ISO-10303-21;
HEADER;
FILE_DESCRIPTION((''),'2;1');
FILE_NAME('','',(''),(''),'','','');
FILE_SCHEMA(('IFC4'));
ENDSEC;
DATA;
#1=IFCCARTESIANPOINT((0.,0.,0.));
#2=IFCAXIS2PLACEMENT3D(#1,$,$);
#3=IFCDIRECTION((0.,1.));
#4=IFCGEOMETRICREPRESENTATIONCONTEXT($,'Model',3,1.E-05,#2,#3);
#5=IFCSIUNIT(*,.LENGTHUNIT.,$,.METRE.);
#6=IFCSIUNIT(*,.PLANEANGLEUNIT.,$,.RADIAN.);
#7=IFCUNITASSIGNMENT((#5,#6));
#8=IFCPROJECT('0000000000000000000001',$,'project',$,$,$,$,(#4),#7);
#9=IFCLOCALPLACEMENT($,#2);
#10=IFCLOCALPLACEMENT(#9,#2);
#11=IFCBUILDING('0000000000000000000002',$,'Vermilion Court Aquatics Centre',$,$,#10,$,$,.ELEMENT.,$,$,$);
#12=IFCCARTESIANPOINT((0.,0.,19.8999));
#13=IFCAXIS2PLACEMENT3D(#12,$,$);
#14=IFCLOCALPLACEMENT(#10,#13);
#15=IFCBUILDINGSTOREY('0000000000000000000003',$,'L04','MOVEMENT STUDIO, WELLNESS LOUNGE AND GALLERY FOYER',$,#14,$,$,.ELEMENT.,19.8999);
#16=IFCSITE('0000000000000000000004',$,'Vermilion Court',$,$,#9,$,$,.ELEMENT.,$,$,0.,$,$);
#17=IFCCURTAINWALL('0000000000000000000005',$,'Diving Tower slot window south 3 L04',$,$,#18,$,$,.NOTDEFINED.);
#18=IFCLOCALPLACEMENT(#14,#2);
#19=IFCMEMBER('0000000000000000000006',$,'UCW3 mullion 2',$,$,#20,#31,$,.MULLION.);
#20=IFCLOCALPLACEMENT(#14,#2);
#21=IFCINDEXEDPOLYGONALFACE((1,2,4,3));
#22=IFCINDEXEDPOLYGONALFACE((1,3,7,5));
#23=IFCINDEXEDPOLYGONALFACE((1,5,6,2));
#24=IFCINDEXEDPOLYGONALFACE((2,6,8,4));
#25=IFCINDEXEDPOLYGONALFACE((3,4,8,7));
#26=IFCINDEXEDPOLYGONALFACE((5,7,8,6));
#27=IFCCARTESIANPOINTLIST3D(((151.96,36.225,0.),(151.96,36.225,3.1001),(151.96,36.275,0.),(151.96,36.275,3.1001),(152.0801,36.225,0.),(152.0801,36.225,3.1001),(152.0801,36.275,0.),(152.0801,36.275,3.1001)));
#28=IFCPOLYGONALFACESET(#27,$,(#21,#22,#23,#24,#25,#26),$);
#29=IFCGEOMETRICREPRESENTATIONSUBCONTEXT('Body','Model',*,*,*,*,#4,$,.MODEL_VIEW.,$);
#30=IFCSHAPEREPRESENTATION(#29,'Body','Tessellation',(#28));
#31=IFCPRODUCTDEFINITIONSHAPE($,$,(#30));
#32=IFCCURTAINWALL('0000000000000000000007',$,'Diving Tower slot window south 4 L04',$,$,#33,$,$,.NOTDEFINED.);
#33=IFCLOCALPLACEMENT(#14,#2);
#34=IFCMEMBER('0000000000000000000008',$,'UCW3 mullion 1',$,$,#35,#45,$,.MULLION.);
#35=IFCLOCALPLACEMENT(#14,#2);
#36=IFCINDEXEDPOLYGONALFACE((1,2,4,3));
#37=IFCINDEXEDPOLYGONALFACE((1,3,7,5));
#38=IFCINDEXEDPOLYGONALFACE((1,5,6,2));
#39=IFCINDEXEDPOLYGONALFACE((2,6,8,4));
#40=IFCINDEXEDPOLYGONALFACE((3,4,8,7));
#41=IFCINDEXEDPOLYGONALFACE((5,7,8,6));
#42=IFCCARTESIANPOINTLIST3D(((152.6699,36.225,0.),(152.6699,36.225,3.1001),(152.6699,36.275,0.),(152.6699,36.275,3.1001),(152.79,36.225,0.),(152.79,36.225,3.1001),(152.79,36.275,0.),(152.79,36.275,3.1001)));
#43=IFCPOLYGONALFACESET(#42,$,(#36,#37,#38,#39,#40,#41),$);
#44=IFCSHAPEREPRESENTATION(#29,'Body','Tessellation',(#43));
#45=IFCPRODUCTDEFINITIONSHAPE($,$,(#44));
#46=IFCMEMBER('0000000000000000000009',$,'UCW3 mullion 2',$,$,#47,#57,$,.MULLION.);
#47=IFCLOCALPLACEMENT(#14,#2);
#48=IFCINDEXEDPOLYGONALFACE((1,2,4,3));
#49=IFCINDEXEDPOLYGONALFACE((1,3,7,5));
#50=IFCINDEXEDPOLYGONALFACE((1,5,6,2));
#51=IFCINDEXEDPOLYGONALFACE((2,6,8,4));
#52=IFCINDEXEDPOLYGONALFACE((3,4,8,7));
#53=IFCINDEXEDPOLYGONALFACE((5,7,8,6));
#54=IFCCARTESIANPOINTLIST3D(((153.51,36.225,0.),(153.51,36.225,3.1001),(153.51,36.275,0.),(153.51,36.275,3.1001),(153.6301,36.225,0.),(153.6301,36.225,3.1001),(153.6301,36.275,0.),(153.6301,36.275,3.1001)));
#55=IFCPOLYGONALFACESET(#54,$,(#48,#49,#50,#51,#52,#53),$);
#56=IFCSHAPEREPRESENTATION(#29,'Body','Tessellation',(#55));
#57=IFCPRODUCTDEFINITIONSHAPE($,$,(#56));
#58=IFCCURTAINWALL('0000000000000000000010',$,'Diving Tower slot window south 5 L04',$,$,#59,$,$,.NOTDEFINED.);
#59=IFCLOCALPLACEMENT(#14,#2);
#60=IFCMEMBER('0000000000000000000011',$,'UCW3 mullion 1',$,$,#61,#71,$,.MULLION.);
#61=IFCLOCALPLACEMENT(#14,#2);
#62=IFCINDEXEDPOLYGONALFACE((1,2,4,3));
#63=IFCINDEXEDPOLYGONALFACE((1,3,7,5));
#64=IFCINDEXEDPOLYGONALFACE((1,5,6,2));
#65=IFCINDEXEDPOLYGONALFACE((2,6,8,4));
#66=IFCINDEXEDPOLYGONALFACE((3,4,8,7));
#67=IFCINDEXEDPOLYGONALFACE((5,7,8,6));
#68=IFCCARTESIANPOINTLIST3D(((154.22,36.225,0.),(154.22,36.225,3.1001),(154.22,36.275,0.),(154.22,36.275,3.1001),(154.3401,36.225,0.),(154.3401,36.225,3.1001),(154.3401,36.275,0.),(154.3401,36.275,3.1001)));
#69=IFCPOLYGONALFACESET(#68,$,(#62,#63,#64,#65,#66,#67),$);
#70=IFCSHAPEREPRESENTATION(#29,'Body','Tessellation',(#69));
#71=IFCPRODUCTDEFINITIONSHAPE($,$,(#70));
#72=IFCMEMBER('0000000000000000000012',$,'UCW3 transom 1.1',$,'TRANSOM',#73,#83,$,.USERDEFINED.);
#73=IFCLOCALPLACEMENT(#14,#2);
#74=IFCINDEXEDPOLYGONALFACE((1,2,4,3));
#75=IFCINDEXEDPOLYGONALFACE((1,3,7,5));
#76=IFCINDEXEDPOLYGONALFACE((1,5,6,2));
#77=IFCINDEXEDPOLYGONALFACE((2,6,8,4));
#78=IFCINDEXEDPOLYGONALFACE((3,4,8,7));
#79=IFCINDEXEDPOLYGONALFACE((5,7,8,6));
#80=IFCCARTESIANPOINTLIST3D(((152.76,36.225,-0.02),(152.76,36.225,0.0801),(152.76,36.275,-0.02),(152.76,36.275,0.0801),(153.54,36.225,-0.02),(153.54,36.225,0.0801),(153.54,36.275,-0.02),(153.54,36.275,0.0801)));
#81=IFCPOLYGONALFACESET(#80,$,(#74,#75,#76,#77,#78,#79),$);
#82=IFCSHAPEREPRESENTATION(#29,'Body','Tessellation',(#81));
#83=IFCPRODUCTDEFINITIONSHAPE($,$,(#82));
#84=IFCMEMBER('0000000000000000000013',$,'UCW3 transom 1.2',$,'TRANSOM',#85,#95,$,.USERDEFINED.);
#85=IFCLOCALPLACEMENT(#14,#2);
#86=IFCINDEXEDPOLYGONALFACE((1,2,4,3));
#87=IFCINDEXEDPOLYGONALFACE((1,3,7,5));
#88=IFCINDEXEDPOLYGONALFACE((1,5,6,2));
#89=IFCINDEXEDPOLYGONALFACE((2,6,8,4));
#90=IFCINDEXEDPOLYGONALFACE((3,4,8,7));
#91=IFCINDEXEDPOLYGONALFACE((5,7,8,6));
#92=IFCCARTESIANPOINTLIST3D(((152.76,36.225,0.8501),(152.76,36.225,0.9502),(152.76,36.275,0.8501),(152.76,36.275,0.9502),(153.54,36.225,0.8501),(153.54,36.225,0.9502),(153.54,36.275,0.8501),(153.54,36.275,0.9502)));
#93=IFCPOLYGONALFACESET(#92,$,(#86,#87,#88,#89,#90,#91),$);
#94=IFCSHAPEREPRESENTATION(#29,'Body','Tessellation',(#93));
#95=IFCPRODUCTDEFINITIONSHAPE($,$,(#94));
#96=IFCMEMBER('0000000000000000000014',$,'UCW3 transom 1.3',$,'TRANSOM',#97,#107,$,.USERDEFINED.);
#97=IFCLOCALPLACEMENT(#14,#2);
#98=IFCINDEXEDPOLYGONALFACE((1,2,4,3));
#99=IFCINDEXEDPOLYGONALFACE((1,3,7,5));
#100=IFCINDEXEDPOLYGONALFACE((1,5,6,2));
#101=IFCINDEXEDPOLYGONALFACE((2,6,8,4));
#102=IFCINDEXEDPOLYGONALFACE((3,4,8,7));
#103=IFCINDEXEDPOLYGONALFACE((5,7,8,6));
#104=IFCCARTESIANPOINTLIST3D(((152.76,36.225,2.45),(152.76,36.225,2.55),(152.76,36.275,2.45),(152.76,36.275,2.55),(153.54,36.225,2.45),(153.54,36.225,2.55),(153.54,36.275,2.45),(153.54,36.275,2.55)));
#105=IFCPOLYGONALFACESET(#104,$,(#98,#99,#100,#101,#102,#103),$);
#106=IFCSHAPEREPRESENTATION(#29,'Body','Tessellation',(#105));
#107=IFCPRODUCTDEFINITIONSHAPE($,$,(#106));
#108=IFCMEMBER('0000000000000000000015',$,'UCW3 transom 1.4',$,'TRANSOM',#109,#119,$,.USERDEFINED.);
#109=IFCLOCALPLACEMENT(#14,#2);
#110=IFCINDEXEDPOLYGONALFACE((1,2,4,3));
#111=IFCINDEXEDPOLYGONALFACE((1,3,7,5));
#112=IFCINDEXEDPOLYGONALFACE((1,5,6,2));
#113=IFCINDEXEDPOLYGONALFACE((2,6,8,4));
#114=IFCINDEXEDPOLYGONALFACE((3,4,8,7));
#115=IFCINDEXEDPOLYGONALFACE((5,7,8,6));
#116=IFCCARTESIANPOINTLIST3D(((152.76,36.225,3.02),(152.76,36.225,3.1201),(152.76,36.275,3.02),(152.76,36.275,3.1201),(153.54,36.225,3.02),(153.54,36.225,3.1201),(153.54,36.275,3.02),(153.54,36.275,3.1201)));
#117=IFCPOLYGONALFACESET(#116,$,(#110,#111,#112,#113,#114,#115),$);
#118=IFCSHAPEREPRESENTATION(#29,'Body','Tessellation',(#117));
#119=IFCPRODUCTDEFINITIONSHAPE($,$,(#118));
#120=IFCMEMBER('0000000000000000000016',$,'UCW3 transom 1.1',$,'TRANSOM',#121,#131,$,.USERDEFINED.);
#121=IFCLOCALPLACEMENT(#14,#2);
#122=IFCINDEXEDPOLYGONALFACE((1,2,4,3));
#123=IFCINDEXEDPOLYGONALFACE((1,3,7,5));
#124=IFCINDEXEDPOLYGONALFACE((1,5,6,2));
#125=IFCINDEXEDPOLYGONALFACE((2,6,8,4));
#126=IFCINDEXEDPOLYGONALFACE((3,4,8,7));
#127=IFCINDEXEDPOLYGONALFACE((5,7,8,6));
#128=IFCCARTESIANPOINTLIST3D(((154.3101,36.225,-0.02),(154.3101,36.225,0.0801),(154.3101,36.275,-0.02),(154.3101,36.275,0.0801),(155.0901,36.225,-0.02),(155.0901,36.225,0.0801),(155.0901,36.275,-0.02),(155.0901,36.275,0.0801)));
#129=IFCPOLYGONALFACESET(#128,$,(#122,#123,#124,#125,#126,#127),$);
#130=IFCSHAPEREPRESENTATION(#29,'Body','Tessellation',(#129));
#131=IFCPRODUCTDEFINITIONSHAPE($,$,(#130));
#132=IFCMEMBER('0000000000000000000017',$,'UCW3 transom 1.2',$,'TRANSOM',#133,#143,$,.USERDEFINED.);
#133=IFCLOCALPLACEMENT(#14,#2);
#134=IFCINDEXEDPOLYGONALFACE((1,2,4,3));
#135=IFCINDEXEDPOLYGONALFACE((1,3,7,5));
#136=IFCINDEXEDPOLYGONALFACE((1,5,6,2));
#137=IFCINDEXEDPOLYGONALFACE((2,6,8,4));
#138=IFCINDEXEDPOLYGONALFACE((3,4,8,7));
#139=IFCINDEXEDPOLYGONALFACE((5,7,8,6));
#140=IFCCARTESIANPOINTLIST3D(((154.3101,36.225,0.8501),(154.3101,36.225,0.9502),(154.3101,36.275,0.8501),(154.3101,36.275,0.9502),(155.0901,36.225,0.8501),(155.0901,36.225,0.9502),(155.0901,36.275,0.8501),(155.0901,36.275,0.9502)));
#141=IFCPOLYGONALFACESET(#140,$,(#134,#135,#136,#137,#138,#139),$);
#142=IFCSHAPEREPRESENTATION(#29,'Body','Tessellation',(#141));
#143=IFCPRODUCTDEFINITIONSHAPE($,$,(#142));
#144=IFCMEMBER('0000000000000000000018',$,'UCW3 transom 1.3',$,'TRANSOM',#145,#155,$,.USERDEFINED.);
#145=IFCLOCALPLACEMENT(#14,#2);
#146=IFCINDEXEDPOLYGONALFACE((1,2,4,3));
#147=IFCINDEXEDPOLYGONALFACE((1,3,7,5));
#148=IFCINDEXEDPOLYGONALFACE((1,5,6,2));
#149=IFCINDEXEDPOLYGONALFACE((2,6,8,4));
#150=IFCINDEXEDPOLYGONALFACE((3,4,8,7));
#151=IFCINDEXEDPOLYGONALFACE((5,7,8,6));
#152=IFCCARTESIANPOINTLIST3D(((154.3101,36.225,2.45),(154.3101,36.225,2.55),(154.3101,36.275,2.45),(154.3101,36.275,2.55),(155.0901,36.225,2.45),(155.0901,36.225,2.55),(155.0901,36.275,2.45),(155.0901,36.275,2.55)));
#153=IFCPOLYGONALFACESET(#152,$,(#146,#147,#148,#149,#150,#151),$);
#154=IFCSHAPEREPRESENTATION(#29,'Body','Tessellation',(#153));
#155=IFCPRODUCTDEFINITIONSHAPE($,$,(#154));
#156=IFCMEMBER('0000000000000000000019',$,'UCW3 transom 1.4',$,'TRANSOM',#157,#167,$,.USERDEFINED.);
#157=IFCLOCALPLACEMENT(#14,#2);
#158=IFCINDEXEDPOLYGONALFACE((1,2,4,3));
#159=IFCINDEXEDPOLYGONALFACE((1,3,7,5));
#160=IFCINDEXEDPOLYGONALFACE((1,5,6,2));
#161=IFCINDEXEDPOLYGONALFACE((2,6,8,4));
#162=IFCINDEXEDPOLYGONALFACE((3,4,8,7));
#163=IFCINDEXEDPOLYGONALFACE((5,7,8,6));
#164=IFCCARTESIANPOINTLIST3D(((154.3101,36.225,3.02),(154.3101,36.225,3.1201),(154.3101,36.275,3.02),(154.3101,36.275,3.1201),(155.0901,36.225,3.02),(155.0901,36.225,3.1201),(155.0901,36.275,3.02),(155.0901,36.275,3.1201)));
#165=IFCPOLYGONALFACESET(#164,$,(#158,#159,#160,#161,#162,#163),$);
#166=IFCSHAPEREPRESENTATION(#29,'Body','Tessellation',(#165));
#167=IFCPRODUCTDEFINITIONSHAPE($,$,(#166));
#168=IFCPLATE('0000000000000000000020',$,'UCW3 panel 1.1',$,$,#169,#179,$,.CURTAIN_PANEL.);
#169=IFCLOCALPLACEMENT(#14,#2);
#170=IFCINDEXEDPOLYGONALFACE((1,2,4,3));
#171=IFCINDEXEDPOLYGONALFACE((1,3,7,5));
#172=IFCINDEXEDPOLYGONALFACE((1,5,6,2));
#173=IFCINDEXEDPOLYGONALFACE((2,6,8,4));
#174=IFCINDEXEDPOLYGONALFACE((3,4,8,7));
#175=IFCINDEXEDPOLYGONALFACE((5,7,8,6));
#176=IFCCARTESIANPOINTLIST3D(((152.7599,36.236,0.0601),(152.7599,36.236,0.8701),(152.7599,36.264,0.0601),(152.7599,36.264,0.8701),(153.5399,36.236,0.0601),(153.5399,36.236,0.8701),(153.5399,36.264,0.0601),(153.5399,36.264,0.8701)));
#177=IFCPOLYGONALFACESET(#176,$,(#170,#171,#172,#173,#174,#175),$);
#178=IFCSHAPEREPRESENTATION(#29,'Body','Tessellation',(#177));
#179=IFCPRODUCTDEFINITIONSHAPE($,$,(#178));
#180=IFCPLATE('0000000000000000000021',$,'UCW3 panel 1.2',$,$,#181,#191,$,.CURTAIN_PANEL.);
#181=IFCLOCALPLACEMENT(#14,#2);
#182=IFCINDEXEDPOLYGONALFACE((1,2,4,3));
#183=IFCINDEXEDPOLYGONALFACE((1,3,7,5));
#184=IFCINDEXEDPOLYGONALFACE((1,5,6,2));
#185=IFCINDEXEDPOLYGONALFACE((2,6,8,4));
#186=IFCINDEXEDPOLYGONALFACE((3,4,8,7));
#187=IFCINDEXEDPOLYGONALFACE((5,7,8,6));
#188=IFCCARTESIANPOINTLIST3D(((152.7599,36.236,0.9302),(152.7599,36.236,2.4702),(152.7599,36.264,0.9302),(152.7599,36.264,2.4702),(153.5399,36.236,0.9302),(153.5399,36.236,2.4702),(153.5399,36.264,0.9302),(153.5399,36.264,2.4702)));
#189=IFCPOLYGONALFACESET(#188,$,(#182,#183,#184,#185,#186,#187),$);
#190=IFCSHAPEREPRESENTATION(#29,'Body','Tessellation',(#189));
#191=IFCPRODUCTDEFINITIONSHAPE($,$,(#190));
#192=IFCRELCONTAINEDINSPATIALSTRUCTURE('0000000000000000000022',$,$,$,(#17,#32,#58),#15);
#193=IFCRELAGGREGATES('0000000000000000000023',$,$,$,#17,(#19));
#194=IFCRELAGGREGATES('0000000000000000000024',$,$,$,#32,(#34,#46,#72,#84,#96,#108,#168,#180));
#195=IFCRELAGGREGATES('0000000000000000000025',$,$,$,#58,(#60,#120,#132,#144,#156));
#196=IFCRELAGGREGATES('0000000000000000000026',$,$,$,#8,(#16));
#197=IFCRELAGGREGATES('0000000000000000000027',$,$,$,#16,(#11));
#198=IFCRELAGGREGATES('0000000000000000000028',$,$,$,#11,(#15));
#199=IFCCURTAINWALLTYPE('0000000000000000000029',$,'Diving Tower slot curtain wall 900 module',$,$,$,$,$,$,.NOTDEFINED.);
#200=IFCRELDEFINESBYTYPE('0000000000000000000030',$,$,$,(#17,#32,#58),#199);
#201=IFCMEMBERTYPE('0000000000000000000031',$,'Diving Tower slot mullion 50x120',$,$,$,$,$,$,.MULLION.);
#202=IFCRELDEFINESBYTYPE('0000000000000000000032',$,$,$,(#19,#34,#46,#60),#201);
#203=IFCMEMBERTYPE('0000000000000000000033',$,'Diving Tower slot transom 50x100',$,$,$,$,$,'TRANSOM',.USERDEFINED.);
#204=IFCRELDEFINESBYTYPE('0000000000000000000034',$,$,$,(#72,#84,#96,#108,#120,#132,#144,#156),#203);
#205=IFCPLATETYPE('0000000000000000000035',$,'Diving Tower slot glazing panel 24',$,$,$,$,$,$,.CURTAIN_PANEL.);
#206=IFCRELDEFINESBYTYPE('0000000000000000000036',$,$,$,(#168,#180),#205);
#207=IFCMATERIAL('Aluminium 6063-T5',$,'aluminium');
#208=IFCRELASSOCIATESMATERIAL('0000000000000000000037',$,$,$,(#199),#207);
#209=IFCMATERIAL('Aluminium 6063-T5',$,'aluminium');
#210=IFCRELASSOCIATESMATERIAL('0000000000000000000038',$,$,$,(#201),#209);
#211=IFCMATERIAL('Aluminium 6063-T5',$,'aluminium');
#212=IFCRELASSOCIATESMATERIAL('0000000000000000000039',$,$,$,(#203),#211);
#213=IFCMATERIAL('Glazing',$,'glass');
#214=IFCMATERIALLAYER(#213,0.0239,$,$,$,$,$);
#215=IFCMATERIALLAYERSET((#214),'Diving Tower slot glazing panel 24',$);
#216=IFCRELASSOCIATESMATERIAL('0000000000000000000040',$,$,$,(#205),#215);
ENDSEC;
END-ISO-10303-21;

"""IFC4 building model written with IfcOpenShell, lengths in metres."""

from ifc_helpers import new_model, si_unit, direction, frame, origin, origin_2d, place, context, subcontext, project, spatial, rectangle, extrude, material, layer, layer_set, material_profile, profile_set, type_object, element, aggregate, save


model = new_model("IFC4")

# Units and contexts
model_context = context("Model", 3, precision=1e-05, world=origin(), true_north=direction((0.0, 1.0)))
body_context = subcontext(model_context, "Body", "Model", "MODEL_VIEW")
ifc_project = project(units=[si_unit("LENGTHUNIT", "METRE"), si_unit("PLANEANGLEUNIT", "RADIAN")], contexts=[model_context])

# Site, building, storey
site_placement = place(None, origin())
site = spatial("IfcSite", under=ifc_project, at=site_placement, Name="Vermilion Court", CompositionType="ELEMENT", RefElevation=0.0)
building_placement = place(site_placement, origin())
building = spatial("IfcBuilding", under=site, at=building_placement, Name="Vermilion Court Aquatics Centre", CompositionType="ELEMENT")
storey_placement = place(building_placement, frame((0.0, 0.0, 19.8999)))
storey = spatial("IfcBuildingStorey", under=building, at=storey_placement, Name="L04", Description="MOVEMENT STUDIO, WELLNESS LOUNGE AND GALLERY FOYER", CompositionType="ELEMENT", Elevation=19.8999)

# Curtain wall, member
ifc_material_1 = material(Name="Aluminium 6063-T5", Category="aluminium")
curtain_wall_type = type_object("IfcCurtainWallType", Name="Diving Tower slot curtain wall 900 module", PredefinedType="NOTDEFINED", material=ifc_material_1)
curtain_wall_1_placement = place(storey_placement, origin())
curtain_wall_1 = element("IfcCurtainWall", 1, at=curtain_wall_1_placement, inside=storey, type_object=curtain_wall_type, Name="Diving Tower slot window south 3 L04", PredefinedType="NOTDEFINED")
ifc_material_2 = material(Name="Aluminium 6063-T5", Category="aluminium")
ifc_material_profile_1 = material_profile(ifc_material_2, rectangle(XDim=0.05, YDim=0.1201, at=origin_2d()), Name="AL 50x120")
ifc_profile_set_1 = profile_set([ifc_material_profile_1], Name="Aluminium 6063-T5")
member_type_1 = type_object("IfcMemberType", Name="Diving Tower slot mullion 50x120", PredefinedType="MULLION", material=ifc_profile_set_1)
member_1_placement = place(storey_placement, frame((152.02, 36.25, 0.0), z_axis=(0.0, 0.0, 1.0), x_axis=(0.0, 1.0, 0.0)))
member_1 = element("IfcMember", 2, at=member_1_placement, type_object=member_type_1, Name="UCW3 mullion 2", PredefinedType="MULLION", context=body_context, shape_type="SweptSolid", body=[
    extrude(rectangle(XDim=0.05, YDim=0.1201, at=origin_2d()), origin(), (0.0, 0.0, 1.0), 3.1001),
])
aggregate(curtain_wall_1, [member_1])

# Curtain wall, members
curtain_wall_2_placement = place(storey_placement, origin())
curtain_wall_2 = element("IfcCurtainWall", 3, at=curtain_wall_2_placement, inside=storey, type_object=curtain_wall_type, Name="Diving Tower slot window south 4 L04", PredefinedType="NOTDEFINED")
member_2_placement = place(storey_placement, frame((152.73, 36.25, 0.0), z_axis=(0.0, 0.0, 1.0), x_axis=(0.0, 1.0, 0.0)))
member_2 = element("IfcMember", 4, at=member_2_placement, type_object=member_type_1, Name="UCW3 mullion 1", PredefinedType="MULLION", context=body_context, shape_type="SweptSolid", body=[
    extrude(rectangle(XDim=0.05, YDim=0.1201, at=origin_2d()), origin(), (0.0, 0.0, 1.0), 3.1001),
])
member_3_placement = place(storey_placement, frame((153.5701, 36.25, 0.0), z_axis=(0.0, 0.0, 1.0), x_axis=(0.0, 1.0, 0.0)))
member_3 = element("IfcMember", 5, at=member_3_placement, type_object=member_type_1, Name="UCW3 mullion 2", PredefinedType="MULLION", context=body_context, shape_type="SweptSolid", body=[
    extrude(rectangle(XDim=0.05, YDim=0.1201, at=origin_2d()), origin(), (0.0, 0.0, 1.0), 3.1001),
])

# Curtain wall, member
curtain_wall_3_placement = place(storey_placement, origin())
curtain_wall_3 = element("IfcCurtainWall", 6, at=curtain_wall_3_placement, inside=storey, type_object=curtain_wall_type, Name="Diving Tower slot window south 5 L04", PredefinedType="NOTDEFINED")
member_4_placement = place(storey_placement, frame((154.28, 36.25, 0.0), z_axis=(0.0, 0.0, 1.0), x_axis=(0.0, 1.0, 0.0)))
member_4 = element("IfcMember", 7, at=member_4_placement, type_object=member_type_1, Name="UCW3 mullion 1", PredefinedType="MULLION", context=body_context, shape_type="SweptSolid", body=[
    extrude(rectangle(XDim=0.05, YDim=0.1201, at=origin_2d()), origin(), (0.0, 0.0, 1.0), 3.1001),
])

# Members
ifc_material_3 = material(Name="Aluminium 6063-T5", Category="aluminium")
ifc_material_profile_2 = material_profile(ifc_material_3, rectangle(XDim=0.05, YDim=0.1001, at=origin_2d()), Name="AL 50x100")
ifc_profile_set_2 = profile_set([ifc_material_profile_2], Name="Aluminium 6063-T5")
member_type_2 = type_object("IfcMemberType", Name="Diving Tower slot transom 50x100", ElementType="TRANSOM", PredefinedType="USERDEFINED", material=ifc_profile_set_2)
member_5_placement = place(storey_placement, frame((152.76, 36.25, 0.03), z_axis=(1.0, 0.0, 0.0), x_axis=(0.0, 1.0, 0.0)))
member_5 = element("IfcMember", 8, at=member_5_placement, type_object=member_type_2, Name="UCW3 transom 1.1", ObjectType="TRANSOM", PredefinedType="USERDEFINED", context=body_context, shape_type="SweptSolid", body=[
    extrude(rectangle(XDim=0.05, YDim=0.1001, at=origin_2d()), origin(), (0.0, 0.0, 1.0), 0.78),
])
member_6_placement = place(storey_placement, frame((152.76, 36.25, 0.9001), z_axis=(1.0, 0.0, 0.0), x_axis=(0.0, 1.0, 0.0)))
member_6 = element("IfcMember", 9, at=member_6_placement, type_object=member_type_2, Name="UCW3 transom 1.2", ObjectType="TRANSOM", PredefinedType="USERDEFINED", context=body_context, shape_type="SweptSolid", body=[
    extrude(rectangle(XDim=0.05, YDim=0.1001, at=origin_2d()), origin(), (0.0, 0.0, 1.0), 0.78),
])
member_7_placement = place(storey_placement, frame((152.76, 36.25, 2.5), z_axis=(1.0, 0.0, 0.0), x_axis=(0.0, 1.0, 0.0)))
member_7 = element("IfcMember", 10, at=member_7_placement, type_object=member_type_2, Name="UCW3 transom 1.3", ObjectType="TRANSOM", PredefinedType="USERDEFINED", context=body_context, shape_type="SweptSolid", body=[
    extrude(rectangle(XDim=0.05, YDim=0.1001, at=origin_2d()), origin(), (0.0, 0.0, 1.0), 0.78),
])
member_8_placement = place(storey_placement, frame((152.76, 36.25, 3.0701), z_axis=(1.0, 0.0, 0.0), x_axis=(0.0, 1.0, 0.0)))
member_8 = element("IfcMember", 11, at=member_8_placement, type_object=member_type_2, Name="UCW3 transom 1.4", ObjectType="TRANSOM", PredefinedType="USERDEFINED", context=body_context, shape_type="SweptSolid", body=[
    extrude(rectangle(XDim=0.05, YDim=0.1001, at=origin_2d()), origin(), (0.0, 0.0, 1.0), 0.78),
])
member_9_placement = place(storey_placement, frame((154.3101, 36.25, 0.03), z_axis=(1.0, 0.0, 0.0), x_axis=(0.0, 1.0, 0.0)))
member_9 = element("IfcMember", 12, at=member_9_placement, type_object=member_type_2, Name="UCW3 transom 1.1", ObjectType="TRANSOM", PredefinedType="USERDEFINED", context=body_context, shape_type="SweptSolid", body=[
    extrude(rectangle(XDim=0.05, YDim=0.1001, at=origin_2d()), origin(), (0.0, 0.0, 1.0), 0.78),
])
member_10_placement = place(storey_placement, frame((154.3101, 36.25, 0.9001), z_axis=(1.0, 0.0, 0.0), x_axis=(0.0, 1.0, 0.0)))
member_10 = element("IfcMember", 13, at=member_10_placement, type_object=member_type_2, Name="UCW3 transom 1.2", ObjectType="TRANSOM", PredefinedType="USERDEFINED", context=body_context, shape_type="SweptSolid", body=[
    extrude(rectangle(XDim=0.05, YDim=0.1001, at=origin_2d()), origin(), (0.0, 0.0, 1.0), 0.78),
])
member_11_placement = place(storey_placement, frame((154.3101, 36.25, 2.5), z_axis=(1.0, 0.0, 0.0), x_axis=(0.0, 1.0, 0.0)))
member_11 = element("IfcMember", 14, at=member_11_placement, type_object=member_type_2, Name="UCW3 transom 1.3", ObjectType="TRANSOM", PredefinedType="USERDEFINED", context=body_context, shape_type="SweptSolid", body=[
    extrude(rectangle(XDim=0.05, YDim=0.1001, at=origin_2d()), origin(), (0.0, 0.0, 1.0), 0.78),
])
member_12_placement = place(storey_placement, frame((154.3101, 36.25, 3.0701), z_axis=(1.0, 0.0, 0.0), x_axis=(0.0, 1.0, 0.0)))
member_12 = element("IfcMember", 15, at=member_12_placement, type_object=member_type_2, Name="UCW3 transom 1.4", ObjectType="TRANSOM", PredefinedType="USERDEFINED", context=body_context, shape_type="SweptSolid", body=[
    extrude(rectangle(XDim=0.05, YDim=0.1001, at=origin_2d()), origin(), (0.0, 0.0, 1.0), 0.78),
])

# Plates
ifc_material_4 = material(Name="Glazing", Category="glass")
ifc_layer_1 = layer(ifc_material_4, 0.0239)
ifc_layer_set_1 = layer_set([ifc_layer_1], Name="Diving Tower slot glazing panel 24")
plate_type = type_object("IfcPlateType", Name="Diving Tower slot glazing panel 24", PredefinedType="CURTAIN_PANEL", material=ifc_layer_set_1)
plate_1_placement = place(storey_placement, frame((153.1499, 36.25, 0.0601), z_axis=(0.0, 0.0, 1.0), x_axis=(1.0, 0.0, 0.0)))
plate_1 = element("IfcPlate", 16, at=plate_1_placement, type_object=plate_type, Name="UCW3 panel 1.1", PredefinedType="CURTAIN_PANEL", context=body_context, shape_type="SweptSolid", body=[
    extrude(rectangle(XDim=0.78, YDim=0.0281, at=origin_2d()), origin(), (0.0, 0.0, 1.0), 0.8101),
])
plate_2_placement = place(storey_placement, frame((153.1499, 36.25, 0.9302), z_axis=(0.0, 0.0, 1.0), x_axis=(1.0, 0.0, 0.0)))
plate_2 = element("IfcPlate", 17, at=plate_2_placement, type_object=plate_type, Name="UCW3 panel 1.2", PredefinedType="CURTAIN_PANEL", context=body_context, shape_type="SweptSolid", body=[
    extrude(rectangle(XDim=0.78, YDim=0.0281, at=origin_2d()), origin(), (0.0, 0.0, 1.0), 1.54),
])
aggregate(curtain_wall_2, [member_2, member_3, member_5, member_6, member_7, member_8, plate_1, plate_2])
aggregate(curtain_wall_3, [member_4, member_9, member_10, member_11, member_12])

save(model, "model.ifc")
